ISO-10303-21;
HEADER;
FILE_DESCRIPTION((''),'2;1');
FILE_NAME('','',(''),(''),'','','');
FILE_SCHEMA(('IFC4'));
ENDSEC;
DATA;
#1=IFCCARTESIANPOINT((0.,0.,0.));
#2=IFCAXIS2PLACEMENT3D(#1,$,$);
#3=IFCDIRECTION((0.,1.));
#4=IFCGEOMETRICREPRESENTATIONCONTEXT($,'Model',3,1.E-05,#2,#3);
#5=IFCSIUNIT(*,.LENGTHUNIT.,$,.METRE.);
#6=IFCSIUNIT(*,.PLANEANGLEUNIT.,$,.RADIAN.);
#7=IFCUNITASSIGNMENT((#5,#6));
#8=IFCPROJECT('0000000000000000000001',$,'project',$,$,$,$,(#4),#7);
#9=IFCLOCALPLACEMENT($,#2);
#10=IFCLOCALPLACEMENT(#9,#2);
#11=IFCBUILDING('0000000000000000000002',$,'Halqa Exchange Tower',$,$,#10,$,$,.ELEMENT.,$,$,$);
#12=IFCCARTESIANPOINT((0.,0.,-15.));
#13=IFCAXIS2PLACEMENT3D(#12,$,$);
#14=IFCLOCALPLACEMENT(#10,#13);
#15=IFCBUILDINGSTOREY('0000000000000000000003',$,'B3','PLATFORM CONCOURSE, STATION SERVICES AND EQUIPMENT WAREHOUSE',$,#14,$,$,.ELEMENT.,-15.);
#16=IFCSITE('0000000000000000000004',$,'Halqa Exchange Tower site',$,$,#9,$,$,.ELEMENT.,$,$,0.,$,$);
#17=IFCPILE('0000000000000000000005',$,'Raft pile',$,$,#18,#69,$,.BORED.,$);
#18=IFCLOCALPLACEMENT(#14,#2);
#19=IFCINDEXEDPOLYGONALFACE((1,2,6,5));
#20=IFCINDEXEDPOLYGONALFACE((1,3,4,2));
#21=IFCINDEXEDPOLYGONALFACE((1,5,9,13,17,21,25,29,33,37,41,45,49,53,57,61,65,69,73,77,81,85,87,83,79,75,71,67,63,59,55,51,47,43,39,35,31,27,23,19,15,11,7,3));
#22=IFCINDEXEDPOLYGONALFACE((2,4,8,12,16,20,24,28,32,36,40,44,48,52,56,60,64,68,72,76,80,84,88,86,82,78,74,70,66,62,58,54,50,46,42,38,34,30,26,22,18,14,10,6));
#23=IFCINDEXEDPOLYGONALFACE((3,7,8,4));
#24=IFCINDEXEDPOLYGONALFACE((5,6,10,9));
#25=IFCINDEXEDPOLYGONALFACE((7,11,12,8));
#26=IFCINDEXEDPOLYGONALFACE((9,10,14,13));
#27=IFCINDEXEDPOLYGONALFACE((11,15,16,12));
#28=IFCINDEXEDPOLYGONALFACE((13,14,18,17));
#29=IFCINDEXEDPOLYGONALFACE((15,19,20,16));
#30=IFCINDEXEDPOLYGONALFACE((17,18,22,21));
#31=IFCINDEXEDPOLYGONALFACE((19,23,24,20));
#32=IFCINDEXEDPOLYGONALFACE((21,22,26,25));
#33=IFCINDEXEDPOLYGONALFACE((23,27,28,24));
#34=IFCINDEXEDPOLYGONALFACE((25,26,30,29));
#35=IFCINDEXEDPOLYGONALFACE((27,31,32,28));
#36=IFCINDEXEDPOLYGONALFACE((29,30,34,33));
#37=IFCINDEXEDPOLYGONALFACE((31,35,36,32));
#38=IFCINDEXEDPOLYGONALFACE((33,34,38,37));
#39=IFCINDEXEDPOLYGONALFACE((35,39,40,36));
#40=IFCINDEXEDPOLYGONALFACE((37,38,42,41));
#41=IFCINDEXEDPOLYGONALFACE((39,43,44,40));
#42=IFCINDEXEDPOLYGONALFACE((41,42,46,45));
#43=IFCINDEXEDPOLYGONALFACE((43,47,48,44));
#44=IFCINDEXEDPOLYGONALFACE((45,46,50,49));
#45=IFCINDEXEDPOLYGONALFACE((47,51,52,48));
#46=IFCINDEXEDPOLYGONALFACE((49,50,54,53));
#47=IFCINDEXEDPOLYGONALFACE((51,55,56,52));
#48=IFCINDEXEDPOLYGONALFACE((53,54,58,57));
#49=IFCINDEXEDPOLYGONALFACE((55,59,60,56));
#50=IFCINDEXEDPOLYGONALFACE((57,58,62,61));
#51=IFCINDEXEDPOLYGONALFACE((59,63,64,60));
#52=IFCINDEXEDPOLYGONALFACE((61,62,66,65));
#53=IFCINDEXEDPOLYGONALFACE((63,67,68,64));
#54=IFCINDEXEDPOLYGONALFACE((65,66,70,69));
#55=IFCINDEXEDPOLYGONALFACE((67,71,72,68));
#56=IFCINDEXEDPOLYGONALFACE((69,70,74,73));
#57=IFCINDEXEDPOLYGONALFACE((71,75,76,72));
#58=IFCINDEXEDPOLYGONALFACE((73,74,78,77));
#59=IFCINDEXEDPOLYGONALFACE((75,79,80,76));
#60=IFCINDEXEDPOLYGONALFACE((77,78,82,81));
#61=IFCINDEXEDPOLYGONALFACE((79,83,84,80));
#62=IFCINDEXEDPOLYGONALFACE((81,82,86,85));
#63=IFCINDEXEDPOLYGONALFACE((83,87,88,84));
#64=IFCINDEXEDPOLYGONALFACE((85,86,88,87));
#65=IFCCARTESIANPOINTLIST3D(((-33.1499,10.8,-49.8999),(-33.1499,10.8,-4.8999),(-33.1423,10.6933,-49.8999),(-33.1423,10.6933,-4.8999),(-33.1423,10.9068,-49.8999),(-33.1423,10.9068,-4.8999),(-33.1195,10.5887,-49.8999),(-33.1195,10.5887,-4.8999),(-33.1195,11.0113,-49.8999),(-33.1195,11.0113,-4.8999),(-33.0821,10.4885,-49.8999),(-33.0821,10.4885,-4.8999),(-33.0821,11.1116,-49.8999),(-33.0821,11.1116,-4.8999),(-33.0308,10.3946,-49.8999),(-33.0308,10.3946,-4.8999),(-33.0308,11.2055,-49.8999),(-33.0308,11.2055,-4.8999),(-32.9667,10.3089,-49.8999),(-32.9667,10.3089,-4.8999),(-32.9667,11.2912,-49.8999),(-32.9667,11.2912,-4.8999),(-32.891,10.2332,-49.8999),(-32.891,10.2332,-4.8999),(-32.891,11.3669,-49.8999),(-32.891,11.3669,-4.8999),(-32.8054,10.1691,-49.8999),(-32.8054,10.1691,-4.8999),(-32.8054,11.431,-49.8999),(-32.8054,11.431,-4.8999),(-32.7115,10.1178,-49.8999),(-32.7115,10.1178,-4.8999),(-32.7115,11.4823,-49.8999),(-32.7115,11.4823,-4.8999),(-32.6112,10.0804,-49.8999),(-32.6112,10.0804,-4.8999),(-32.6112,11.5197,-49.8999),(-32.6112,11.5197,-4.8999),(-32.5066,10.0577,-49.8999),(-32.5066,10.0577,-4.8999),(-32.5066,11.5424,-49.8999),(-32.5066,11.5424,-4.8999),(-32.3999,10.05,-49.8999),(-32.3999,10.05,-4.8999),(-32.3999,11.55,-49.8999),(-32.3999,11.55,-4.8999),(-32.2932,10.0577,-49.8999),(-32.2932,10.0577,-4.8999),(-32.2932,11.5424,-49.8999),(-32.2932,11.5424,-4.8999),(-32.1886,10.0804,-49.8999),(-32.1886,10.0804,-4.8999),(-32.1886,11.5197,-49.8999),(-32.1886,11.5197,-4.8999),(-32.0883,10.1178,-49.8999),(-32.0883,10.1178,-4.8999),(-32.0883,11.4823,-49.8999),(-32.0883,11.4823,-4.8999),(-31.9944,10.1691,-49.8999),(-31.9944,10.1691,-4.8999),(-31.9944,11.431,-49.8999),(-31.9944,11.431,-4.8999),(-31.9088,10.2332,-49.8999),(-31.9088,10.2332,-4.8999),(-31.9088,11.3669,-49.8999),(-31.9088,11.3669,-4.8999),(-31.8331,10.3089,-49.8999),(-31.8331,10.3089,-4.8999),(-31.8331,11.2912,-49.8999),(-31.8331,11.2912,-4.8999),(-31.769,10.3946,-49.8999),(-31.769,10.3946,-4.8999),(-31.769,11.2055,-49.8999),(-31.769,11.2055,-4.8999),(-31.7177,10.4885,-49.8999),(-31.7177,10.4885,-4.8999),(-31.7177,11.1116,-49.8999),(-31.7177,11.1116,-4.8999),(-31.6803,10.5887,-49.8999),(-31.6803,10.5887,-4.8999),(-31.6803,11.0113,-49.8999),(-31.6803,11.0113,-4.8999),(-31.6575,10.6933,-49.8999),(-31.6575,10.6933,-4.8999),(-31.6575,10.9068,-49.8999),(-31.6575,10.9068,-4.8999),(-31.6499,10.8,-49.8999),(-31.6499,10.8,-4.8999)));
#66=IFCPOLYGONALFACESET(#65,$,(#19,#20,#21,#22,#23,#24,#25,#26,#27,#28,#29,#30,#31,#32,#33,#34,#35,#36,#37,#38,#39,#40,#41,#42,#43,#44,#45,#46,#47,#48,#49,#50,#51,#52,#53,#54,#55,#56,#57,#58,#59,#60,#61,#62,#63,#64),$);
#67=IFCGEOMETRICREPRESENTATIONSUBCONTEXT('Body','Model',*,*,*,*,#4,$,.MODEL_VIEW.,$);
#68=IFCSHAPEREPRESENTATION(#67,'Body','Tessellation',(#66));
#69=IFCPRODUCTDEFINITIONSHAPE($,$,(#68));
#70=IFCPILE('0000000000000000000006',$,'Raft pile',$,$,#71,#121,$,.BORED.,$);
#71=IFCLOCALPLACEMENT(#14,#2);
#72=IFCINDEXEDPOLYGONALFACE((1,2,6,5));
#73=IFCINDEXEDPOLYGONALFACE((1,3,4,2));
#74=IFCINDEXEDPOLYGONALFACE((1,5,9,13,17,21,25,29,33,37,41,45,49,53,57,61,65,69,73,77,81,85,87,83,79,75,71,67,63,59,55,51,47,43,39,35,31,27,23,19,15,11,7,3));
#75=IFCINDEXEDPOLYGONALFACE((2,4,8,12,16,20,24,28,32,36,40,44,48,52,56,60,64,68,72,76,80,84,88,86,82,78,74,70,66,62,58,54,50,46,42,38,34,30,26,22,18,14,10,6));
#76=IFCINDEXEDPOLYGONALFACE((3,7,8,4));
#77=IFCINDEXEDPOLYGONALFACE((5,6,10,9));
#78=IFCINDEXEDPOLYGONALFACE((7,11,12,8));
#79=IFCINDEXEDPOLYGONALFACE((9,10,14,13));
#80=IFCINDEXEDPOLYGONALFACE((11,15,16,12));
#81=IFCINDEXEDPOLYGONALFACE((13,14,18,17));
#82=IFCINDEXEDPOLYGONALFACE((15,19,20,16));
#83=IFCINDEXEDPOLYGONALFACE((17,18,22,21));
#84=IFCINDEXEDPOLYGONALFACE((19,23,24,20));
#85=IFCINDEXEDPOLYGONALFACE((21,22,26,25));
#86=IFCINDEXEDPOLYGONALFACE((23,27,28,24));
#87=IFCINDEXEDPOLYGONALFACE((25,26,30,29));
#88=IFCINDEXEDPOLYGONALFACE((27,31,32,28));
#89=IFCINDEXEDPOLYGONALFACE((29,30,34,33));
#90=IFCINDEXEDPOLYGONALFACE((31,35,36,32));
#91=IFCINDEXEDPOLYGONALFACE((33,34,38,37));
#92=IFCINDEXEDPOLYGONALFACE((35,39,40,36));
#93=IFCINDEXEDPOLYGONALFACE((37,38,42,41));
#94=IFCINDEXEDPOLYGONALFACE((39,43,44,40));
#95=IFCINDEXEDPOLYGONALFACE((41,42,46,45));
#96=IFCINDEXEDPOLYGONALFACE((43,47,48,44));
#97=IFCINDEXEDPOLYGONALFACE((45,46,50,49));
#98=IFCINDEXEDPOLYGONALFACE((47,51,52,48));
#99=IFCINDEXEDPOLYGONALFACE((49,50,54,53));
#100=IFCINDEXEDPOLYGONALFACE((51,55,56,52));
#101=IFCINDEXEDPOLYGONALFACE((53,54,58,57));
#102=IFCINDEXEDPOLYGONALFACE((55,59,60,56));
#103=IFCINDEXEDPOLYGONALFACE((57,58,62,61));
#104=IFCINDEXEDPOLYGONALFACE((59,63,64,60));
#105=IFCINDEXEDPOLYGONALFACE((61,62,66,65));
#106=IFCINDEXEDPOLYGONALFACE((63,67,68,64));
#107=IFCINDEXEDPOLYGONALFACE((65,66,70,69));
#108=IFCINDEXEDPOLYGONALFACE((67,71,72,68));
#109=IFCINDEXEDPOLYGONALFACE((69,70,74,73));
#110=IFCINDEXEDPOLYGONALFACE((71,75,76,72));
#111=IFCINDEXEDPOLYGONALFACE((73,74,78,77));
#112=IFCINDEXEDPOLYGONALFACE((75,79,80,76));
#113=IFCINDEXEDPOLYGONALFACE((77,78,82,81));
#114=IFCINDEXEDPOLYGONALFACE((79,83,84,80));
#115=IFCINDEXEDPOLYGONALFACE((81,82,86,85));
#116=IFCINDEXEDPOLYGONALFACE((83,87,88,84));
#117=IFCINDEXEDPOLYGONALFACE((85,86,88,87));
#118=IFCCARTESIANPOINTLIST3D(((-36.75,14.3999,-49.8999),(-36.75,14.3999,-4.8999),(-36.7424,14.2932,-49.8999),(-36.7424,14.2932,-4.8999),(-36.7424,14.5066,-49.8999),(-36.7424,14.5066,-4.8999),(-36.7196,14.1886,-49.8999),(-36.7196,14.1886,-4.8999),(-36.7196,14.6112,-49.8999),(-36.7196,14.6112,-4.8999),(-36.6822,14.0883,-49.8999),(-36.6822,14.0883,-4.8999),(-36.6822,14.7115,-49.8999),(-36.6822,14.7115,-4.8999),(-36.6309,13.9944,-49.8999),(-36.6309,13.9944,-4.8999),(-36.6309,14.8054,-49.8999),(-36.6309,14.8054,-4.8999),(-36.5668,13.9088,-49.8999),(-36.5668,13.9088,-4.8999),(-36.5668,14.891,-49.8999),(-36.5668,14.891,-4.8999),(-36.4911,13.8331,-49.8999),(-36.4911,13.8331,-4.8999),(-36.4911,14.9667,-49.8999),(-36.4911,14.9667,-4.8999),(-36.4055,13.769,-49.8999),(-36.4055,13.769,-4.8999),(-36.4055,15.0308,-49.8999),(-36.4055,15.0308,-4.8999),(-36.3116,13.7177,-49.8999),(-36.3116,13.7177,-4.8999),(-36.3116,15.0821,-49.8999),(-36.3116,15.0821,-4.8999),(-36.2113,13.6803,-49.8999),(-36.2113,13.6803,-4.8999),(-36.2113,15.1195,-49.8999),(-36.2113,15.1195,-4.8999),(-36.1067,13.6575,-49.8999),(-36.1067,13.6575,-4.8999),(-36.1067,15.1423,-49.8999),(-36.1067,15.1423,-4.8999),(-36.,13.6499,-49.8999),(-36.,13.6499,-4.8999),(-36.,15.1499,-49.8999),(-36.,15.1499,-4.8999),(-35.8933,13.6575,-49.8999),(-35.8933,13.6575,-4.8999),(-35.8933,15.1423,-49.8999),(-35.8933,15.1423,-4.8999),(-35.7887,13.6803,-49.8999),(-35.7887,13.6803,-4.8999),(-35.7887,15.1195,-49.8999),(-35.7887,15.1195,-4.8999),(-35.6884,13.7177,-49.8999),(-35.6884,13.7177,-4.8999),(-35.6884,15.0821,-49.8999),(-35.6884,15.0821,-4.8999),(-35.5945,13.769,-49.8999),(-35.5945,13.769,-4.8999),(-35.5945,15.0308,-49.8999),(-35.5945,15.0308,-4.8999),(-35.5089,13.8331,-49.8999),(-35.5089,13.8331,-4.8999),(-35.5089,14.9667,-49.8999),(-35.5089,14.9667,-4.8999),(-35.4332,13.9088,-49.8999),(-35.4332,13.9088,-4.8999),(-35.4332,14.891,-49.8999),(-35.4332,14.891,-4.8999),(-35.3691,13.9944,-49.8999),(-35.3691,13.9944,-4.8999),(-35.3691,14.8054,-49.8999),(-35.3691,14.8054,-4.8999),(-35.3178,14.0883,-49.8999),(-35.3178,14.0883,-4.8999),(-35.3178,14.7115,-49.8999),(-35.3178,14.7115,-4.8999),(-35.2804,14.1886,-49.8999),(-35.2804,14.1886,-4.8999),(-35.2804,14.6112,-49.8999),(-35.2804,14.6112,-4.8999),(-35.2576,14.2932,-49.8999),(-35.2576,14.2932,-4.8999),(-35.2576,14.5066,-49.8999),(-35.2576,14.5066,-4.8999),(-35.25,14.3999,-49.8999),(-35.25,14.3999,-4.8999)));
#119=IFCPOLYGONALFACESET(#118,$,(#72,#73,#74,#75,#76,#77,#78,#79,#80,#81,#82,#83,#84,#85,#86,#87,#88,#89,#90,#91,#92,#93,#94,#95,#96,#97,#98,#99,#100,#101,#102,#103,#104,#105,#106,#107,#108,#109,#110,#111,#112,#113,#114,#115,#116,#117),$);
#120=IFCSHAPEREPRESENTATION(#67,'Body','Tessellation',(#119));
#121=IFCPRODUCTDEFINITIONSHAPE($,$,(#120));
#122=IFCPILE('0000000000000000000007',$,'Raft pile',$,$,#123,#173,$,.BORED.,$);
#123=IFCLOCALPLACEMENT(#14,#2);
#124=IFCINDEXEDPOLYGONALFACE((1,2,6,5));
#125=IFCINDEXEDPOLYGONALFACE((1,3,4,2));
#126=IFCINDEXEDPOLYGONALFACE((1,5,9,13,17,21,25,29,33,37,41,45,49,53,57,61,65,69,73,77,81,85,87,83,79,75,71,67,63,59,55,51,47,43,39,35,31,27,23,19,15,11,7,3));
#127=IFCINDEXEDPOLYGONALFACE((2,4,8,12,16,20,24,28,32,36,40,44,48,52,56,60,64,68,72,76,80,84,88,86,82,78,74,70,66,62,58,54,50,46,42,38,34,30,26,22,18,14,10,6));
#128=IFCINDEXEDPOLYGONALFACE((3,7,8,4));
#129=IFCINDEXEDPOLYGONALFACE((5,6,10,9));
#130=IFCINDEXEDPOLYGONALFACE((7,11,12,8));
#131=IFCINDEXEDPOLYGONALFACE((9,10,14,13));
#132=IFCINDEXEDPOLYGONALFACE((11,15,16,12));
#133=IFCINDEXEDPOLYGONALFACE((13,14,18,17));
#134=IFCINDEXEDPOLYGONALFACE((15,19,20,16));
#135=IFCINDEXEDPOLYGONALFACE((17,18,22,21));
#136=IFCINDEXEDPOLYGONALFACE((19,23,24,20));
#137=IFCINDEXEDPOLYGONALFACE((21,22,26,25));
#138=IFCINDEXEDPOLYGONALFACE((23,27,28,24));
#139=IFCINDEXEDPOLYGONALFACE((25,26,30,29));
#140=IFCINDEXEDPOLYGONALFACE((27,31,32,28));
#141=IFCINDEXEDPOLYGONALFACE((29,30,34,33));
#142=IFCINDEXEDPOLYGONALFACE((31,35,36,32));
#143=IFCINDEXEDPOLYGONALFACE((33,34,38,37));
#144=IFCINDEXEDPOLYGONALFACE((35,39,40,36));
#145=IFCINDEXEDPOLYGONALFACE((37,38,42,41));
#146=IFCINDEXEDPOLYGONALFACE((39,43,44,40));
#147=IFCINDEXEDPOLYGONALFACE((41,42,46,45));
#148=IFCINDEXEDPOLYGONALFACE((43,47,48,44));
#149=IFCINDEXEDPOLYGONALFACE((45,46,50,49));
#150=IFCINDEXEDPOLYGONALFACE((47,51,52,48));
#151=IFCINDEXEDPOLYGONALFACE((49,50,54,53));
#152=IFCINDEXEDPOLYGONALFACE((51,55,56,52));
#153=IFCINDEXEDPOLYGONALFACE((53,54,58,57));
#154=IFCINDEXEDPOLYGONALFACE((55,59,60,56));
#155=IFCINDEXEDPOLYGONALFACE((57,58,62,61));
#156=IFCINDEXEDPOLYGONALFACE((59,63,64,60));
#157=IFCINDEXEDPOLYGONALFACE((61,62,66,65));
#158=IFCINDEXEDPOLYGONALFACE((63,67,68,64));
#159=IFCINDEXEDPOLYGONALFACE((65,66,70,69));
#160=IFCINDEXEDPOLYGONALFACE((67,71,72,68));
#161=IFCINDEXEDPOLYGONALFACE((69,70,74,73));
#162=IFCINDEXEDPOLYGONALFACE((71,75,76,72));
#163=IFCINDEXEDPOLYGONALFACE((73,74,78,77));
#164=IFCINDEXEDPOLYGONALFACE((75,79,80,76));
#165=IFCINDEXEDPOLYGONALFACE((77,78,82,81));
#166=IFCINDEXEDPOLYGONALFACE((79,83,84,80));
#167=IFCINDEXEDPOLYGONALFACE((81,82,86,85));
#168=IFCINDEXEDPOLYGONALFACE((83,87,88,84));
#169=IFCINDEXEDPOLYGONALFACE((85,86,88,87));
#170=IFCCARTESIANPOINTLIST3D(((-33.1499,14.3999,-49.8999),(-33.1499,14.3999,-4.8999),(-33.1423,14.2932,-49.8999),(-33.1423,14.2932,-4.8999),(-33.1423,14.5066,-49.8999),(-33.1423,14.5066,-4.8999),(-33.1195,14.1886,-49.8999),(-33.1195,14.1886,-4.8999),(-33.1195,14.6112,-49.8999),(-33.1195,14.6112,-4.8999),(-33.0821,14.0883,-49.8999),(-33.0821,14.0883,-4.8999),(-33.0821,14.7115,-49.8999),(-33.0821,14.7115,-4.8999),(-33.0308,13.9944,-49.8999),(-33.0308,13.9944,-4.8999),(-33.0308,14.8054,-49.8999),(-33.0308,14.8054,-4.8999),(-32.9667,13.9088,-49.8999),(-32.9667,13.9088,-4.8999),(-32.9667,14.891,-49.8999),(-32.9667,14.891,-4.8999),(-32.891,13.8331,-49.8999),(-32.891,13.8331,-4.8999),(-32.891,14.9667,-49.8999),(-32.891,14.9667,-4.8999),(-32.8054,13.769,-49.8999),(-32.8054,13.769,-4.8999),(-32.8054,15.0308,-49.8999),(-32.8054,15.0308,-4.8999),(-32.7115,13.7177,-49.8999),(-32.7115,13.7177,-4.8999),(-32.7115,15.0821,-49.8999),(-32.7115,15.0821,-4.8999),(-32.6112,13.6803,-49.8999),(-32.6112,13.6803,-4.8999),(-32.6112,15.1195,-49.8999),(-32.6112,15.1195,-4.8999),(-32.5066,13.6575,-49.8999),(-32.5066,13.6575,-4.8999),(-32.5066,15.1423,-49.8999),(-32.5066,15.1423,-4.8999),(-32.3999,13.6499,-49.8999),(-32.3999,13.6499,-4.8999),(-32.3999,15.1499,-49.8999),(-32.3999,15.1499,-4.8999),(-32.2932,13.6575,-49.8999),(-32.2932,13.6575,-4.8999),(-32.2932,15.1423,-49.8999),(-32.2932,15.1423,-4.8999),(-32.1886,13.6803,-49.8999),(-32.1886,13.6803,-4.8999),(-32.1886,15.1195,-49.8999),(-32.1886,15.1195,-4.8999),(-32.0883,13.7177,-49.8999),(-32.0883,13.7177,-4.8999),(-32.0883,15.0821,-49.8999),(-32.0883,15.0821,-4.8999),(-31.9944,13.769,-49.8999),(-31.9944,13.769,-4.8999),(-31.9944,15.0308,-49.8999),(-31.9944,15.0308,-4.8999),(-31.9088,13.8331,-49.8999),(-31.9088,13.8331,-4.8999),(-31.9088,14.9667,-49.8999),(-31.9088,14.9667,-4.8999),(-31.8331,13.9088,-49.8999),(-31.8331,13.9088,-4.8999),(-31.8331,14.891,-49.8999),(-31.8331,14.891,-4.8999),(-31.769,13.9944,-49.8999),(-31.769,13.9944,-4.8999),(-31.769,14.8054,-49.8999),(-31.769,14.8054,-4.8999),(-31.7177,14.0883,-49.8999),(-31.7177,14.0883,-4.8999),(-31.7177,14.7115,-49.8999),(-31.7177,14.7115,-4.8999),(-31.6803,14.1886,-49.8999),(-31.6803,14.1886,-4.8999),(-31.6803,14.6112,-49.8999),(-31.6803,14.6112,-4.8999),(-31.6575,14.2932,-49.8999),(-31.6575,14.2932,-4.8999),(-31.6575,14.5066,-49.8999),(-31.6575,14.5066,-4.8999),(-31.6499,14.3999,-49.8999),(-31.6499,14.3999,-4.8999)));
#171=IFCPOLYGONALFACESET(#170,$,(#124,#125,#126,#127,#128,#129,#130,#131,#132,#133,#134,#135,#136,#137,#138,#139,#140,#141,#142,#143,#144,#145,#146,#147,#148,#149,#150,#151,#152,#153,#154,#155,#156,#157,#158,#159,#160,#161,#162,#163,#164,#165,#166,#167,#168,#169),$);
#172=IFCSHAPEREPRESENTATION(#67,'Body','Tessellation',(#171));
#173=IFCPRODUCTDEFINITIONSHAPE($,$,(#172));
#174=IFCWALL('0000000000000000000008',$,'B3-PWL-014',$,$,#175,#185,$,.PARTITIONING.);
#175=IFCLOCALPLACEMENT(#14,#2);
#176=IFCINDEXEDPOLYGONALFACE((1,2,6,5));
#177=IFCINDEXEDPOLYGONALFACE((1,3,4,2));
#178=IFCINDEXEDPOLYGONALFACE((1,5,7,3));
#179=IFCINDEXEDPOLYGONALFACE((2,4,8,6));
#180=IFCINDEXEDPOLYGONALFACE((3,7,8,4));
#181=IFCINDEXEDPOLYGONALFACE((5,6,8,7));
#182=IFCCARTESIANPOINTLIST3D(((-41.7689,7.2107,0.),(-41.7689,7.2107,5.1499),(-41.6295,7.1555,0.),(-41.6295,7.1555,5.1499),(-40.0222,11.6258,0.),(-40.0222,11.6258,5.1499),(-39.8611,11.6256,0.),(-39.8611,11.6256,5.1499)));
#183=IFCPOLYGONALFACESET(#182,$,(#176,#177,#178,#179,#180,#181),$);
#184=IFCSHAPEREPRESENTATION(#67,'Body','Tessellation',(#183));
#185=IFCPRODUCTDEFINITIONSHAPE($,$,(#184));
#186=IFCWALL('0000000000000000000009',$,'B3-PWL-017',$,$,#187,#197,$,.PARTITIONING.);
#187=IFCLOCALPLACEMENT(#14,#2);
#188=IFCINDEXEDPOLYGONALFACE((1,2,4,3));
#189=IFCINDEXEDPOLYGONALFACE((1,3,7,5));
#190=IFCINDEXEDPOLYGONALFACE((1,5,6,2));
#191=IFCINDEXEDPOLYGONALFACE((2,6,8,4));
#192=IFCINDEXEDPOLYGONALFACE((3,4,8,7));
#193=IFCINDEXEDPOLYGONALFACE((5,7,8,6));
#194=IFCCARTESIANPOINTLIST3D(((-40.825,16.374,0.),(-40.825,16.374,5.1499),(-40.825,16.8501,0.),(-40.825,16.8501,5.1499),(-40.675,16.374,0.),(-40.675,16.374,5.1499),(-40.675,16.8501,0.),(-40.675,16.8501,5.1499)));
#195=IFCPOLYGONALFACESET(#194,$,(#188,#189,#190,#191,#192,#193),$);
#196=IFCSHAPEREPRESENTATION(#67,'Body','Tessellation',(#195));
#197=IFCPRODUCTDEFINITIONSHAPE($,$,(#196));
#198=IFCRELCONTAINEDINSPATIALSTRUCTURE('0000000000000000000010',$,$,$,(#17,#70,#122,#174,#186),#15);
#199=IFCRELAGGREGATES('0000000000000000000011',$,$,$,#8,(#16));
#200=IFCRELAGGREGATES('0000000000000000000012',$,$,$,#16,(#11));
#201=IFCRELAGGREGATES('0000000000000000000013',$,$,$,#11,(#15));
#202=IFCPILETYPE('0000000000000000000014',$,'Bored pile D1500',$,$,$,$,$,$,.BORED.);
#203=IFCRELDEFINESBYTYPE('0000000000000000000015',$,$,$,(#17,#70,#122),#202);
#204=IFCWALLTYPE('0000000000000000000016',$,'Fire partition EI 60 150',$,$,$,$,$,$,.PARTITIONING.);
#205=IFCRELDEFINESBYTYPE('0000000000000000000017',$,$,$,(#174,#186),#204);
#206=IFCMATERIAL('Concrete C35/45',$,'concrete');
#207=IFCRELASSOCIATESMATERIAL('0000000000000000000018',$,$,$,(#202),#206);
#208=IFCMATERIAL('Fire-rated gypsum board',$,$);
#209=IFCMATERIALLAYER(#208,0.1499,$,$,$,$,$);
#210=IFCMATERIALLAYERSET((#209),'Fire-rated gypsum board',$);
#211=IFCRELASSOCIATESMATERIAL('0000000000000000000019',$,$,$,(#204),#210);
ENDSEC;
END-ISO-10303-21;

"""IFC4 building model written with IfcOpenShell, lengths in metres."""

from ifc_helpers import new_model, si_unit, direction, frame, frame_2d, origin, origin_2d, place, context, subcontext, project, spatial, polyline, rectangle, circle, outline, extrude, material, layer, layer_set, material_profile, profile_set, type_object, element, save


model = new_model("IFC4")

# Units and contexts
model_context = context("Model", 3, precision=1e-05, world=origin(), true_north=direction((0.0, 1.0)))
body_context = subcontext(model_context, "Body", "Model", "MODEL_VIEW")
ifc_project = project(units=[si_unit("LENGTHUNIT", "METRE"), si_unit("PLANEANGLEUNIT", "RADIAN")], contexts=[model_context])

# Site, building, storey
site_placement = place(None, origin())
site = spatial("IfcSite", under=ifc_project, at=site_placement, Name="Halqa Exchange Tower site", CompositionType="ELEMENT", RefElevation=0.0)
building_placement = place(site_placement, origin())
building = spatial("IfcBuilding", under=site, at=building_placement, Name="Halqa Exchange Tower", CompositionType="ELEMENT")
storey_placement = place(building_placement, frame((0.0, 0.0, -15.0)))
storey = spatial("IfcBuildingStorey", under=building, at=storey_placement, Name="B3", Description="PLATFORM CONCOURSE, STATION SERVICES AND EQUIPMENT WAREHOUSE", CompositionType="ELEMENT", Elevation=-15.0)

# Piles
ifc_material_1 = material(Name="Concrete C35/45", Category="concrete")
ifc_material_profile_1 = material_profile(ifc_material_1, circle(Radius=0.75, at=origin_2d()), Name="D1500")
ifc_profile_set_1 = profile_set([ifc_material_profile_1], Name="Concrete C35/45")
pile_type_1 = type_object("IfcPileType", Name="Bored pile D1500", PredefinedType="BORED", material=ifc_profile_set_1)
for number, where, z_axis, x_axis, name in (
    (1, (-32.3999, 10.8, -4.8999), (0.0, 0.0, -1.0), (1.0, 0.0, 0.0), "Raft pile"),
    (2, (-36.0, 14.3999, -4.8999), (0.0, 0.0, -1.0), (1.0, 0.0, 0.0), "Raft pile"),
    (3, (-32.3999, 14.3999, -4.8999), (0.0, 0.0, -1.0), (1.0, 0.0, 0.0), "Raft pile"),
):
    element("IfcPile", number, at=place(storey_placement, frame(where, z_axis=z_axis, x_axis=x_axis)), inside=storey, type_object=pile_type_1, Name=name, PredefinedType="BORED", context=body_context, shape_type="SweptSolid", body=[
        extrude(circle(Radius=0.75, at=origin_2d()), origin(), (0.0, 0.0, 1.0), 45.0),
    ])

# Walls
ifc_material_2 = material(Name="Fire-rated gypsum board")
ifc_layer_1 = layer(ifc_material_2, 0.1499)
ifc_layer_set_1 = layer_set([ifc_layer_1], Name="Fire-rated gypsum board")
wall_type_1 = type_object("IfcWallType", Name="Fire partition EI 60 150", PredefinedType="PARTITIONING", material=ifc_layer_set_1)
wall_1_placement = place(storey_placement, frame((-41.6992, 7.1831, 0.0), z_axis=(0.0, 0.0, 1.0), x_axis=(0.367873, 0.929876, 0.0)))
element("IfcWall", 4, at=wall_1_placement, inside=storey, type_object=wall_type_1, Name="B3-PWL-014", PredefinedType="PARTITIONING", context=body_context, shape_type="SweptSolid", body=[
    extrude(outline(polyline([(0.0, -0.075), (4.8071, -0.075), (4.748, 0.075), (0.0, 0.075), (0.0, -0.075)])), origin(), (0.0, 0.0, 1.0), 5.1499),
])
wall_2_placement = place(storey_placement, frame((-40.75, 16.374, 0.0), z_axis=(0.0, 0.0, 1.0), x_axis=(0.0, 1.0, 0.0)))
element("IfcWall", 5, at=wall_2_placement, inside=storey, type_object=wall_type_1, Name="B3-PWL-017", PredefinedType="PARTITIONING", context=body_context, shape_type="SweptSolid", body=[
    extrude(rectangle(XDim=0.4761, YDim=0.1499, at=frame_2d((0.238, 0.0))), origin(), (0.0, 0.0, 1.0), 5.1499),
])

save(model, "model.ifc")
